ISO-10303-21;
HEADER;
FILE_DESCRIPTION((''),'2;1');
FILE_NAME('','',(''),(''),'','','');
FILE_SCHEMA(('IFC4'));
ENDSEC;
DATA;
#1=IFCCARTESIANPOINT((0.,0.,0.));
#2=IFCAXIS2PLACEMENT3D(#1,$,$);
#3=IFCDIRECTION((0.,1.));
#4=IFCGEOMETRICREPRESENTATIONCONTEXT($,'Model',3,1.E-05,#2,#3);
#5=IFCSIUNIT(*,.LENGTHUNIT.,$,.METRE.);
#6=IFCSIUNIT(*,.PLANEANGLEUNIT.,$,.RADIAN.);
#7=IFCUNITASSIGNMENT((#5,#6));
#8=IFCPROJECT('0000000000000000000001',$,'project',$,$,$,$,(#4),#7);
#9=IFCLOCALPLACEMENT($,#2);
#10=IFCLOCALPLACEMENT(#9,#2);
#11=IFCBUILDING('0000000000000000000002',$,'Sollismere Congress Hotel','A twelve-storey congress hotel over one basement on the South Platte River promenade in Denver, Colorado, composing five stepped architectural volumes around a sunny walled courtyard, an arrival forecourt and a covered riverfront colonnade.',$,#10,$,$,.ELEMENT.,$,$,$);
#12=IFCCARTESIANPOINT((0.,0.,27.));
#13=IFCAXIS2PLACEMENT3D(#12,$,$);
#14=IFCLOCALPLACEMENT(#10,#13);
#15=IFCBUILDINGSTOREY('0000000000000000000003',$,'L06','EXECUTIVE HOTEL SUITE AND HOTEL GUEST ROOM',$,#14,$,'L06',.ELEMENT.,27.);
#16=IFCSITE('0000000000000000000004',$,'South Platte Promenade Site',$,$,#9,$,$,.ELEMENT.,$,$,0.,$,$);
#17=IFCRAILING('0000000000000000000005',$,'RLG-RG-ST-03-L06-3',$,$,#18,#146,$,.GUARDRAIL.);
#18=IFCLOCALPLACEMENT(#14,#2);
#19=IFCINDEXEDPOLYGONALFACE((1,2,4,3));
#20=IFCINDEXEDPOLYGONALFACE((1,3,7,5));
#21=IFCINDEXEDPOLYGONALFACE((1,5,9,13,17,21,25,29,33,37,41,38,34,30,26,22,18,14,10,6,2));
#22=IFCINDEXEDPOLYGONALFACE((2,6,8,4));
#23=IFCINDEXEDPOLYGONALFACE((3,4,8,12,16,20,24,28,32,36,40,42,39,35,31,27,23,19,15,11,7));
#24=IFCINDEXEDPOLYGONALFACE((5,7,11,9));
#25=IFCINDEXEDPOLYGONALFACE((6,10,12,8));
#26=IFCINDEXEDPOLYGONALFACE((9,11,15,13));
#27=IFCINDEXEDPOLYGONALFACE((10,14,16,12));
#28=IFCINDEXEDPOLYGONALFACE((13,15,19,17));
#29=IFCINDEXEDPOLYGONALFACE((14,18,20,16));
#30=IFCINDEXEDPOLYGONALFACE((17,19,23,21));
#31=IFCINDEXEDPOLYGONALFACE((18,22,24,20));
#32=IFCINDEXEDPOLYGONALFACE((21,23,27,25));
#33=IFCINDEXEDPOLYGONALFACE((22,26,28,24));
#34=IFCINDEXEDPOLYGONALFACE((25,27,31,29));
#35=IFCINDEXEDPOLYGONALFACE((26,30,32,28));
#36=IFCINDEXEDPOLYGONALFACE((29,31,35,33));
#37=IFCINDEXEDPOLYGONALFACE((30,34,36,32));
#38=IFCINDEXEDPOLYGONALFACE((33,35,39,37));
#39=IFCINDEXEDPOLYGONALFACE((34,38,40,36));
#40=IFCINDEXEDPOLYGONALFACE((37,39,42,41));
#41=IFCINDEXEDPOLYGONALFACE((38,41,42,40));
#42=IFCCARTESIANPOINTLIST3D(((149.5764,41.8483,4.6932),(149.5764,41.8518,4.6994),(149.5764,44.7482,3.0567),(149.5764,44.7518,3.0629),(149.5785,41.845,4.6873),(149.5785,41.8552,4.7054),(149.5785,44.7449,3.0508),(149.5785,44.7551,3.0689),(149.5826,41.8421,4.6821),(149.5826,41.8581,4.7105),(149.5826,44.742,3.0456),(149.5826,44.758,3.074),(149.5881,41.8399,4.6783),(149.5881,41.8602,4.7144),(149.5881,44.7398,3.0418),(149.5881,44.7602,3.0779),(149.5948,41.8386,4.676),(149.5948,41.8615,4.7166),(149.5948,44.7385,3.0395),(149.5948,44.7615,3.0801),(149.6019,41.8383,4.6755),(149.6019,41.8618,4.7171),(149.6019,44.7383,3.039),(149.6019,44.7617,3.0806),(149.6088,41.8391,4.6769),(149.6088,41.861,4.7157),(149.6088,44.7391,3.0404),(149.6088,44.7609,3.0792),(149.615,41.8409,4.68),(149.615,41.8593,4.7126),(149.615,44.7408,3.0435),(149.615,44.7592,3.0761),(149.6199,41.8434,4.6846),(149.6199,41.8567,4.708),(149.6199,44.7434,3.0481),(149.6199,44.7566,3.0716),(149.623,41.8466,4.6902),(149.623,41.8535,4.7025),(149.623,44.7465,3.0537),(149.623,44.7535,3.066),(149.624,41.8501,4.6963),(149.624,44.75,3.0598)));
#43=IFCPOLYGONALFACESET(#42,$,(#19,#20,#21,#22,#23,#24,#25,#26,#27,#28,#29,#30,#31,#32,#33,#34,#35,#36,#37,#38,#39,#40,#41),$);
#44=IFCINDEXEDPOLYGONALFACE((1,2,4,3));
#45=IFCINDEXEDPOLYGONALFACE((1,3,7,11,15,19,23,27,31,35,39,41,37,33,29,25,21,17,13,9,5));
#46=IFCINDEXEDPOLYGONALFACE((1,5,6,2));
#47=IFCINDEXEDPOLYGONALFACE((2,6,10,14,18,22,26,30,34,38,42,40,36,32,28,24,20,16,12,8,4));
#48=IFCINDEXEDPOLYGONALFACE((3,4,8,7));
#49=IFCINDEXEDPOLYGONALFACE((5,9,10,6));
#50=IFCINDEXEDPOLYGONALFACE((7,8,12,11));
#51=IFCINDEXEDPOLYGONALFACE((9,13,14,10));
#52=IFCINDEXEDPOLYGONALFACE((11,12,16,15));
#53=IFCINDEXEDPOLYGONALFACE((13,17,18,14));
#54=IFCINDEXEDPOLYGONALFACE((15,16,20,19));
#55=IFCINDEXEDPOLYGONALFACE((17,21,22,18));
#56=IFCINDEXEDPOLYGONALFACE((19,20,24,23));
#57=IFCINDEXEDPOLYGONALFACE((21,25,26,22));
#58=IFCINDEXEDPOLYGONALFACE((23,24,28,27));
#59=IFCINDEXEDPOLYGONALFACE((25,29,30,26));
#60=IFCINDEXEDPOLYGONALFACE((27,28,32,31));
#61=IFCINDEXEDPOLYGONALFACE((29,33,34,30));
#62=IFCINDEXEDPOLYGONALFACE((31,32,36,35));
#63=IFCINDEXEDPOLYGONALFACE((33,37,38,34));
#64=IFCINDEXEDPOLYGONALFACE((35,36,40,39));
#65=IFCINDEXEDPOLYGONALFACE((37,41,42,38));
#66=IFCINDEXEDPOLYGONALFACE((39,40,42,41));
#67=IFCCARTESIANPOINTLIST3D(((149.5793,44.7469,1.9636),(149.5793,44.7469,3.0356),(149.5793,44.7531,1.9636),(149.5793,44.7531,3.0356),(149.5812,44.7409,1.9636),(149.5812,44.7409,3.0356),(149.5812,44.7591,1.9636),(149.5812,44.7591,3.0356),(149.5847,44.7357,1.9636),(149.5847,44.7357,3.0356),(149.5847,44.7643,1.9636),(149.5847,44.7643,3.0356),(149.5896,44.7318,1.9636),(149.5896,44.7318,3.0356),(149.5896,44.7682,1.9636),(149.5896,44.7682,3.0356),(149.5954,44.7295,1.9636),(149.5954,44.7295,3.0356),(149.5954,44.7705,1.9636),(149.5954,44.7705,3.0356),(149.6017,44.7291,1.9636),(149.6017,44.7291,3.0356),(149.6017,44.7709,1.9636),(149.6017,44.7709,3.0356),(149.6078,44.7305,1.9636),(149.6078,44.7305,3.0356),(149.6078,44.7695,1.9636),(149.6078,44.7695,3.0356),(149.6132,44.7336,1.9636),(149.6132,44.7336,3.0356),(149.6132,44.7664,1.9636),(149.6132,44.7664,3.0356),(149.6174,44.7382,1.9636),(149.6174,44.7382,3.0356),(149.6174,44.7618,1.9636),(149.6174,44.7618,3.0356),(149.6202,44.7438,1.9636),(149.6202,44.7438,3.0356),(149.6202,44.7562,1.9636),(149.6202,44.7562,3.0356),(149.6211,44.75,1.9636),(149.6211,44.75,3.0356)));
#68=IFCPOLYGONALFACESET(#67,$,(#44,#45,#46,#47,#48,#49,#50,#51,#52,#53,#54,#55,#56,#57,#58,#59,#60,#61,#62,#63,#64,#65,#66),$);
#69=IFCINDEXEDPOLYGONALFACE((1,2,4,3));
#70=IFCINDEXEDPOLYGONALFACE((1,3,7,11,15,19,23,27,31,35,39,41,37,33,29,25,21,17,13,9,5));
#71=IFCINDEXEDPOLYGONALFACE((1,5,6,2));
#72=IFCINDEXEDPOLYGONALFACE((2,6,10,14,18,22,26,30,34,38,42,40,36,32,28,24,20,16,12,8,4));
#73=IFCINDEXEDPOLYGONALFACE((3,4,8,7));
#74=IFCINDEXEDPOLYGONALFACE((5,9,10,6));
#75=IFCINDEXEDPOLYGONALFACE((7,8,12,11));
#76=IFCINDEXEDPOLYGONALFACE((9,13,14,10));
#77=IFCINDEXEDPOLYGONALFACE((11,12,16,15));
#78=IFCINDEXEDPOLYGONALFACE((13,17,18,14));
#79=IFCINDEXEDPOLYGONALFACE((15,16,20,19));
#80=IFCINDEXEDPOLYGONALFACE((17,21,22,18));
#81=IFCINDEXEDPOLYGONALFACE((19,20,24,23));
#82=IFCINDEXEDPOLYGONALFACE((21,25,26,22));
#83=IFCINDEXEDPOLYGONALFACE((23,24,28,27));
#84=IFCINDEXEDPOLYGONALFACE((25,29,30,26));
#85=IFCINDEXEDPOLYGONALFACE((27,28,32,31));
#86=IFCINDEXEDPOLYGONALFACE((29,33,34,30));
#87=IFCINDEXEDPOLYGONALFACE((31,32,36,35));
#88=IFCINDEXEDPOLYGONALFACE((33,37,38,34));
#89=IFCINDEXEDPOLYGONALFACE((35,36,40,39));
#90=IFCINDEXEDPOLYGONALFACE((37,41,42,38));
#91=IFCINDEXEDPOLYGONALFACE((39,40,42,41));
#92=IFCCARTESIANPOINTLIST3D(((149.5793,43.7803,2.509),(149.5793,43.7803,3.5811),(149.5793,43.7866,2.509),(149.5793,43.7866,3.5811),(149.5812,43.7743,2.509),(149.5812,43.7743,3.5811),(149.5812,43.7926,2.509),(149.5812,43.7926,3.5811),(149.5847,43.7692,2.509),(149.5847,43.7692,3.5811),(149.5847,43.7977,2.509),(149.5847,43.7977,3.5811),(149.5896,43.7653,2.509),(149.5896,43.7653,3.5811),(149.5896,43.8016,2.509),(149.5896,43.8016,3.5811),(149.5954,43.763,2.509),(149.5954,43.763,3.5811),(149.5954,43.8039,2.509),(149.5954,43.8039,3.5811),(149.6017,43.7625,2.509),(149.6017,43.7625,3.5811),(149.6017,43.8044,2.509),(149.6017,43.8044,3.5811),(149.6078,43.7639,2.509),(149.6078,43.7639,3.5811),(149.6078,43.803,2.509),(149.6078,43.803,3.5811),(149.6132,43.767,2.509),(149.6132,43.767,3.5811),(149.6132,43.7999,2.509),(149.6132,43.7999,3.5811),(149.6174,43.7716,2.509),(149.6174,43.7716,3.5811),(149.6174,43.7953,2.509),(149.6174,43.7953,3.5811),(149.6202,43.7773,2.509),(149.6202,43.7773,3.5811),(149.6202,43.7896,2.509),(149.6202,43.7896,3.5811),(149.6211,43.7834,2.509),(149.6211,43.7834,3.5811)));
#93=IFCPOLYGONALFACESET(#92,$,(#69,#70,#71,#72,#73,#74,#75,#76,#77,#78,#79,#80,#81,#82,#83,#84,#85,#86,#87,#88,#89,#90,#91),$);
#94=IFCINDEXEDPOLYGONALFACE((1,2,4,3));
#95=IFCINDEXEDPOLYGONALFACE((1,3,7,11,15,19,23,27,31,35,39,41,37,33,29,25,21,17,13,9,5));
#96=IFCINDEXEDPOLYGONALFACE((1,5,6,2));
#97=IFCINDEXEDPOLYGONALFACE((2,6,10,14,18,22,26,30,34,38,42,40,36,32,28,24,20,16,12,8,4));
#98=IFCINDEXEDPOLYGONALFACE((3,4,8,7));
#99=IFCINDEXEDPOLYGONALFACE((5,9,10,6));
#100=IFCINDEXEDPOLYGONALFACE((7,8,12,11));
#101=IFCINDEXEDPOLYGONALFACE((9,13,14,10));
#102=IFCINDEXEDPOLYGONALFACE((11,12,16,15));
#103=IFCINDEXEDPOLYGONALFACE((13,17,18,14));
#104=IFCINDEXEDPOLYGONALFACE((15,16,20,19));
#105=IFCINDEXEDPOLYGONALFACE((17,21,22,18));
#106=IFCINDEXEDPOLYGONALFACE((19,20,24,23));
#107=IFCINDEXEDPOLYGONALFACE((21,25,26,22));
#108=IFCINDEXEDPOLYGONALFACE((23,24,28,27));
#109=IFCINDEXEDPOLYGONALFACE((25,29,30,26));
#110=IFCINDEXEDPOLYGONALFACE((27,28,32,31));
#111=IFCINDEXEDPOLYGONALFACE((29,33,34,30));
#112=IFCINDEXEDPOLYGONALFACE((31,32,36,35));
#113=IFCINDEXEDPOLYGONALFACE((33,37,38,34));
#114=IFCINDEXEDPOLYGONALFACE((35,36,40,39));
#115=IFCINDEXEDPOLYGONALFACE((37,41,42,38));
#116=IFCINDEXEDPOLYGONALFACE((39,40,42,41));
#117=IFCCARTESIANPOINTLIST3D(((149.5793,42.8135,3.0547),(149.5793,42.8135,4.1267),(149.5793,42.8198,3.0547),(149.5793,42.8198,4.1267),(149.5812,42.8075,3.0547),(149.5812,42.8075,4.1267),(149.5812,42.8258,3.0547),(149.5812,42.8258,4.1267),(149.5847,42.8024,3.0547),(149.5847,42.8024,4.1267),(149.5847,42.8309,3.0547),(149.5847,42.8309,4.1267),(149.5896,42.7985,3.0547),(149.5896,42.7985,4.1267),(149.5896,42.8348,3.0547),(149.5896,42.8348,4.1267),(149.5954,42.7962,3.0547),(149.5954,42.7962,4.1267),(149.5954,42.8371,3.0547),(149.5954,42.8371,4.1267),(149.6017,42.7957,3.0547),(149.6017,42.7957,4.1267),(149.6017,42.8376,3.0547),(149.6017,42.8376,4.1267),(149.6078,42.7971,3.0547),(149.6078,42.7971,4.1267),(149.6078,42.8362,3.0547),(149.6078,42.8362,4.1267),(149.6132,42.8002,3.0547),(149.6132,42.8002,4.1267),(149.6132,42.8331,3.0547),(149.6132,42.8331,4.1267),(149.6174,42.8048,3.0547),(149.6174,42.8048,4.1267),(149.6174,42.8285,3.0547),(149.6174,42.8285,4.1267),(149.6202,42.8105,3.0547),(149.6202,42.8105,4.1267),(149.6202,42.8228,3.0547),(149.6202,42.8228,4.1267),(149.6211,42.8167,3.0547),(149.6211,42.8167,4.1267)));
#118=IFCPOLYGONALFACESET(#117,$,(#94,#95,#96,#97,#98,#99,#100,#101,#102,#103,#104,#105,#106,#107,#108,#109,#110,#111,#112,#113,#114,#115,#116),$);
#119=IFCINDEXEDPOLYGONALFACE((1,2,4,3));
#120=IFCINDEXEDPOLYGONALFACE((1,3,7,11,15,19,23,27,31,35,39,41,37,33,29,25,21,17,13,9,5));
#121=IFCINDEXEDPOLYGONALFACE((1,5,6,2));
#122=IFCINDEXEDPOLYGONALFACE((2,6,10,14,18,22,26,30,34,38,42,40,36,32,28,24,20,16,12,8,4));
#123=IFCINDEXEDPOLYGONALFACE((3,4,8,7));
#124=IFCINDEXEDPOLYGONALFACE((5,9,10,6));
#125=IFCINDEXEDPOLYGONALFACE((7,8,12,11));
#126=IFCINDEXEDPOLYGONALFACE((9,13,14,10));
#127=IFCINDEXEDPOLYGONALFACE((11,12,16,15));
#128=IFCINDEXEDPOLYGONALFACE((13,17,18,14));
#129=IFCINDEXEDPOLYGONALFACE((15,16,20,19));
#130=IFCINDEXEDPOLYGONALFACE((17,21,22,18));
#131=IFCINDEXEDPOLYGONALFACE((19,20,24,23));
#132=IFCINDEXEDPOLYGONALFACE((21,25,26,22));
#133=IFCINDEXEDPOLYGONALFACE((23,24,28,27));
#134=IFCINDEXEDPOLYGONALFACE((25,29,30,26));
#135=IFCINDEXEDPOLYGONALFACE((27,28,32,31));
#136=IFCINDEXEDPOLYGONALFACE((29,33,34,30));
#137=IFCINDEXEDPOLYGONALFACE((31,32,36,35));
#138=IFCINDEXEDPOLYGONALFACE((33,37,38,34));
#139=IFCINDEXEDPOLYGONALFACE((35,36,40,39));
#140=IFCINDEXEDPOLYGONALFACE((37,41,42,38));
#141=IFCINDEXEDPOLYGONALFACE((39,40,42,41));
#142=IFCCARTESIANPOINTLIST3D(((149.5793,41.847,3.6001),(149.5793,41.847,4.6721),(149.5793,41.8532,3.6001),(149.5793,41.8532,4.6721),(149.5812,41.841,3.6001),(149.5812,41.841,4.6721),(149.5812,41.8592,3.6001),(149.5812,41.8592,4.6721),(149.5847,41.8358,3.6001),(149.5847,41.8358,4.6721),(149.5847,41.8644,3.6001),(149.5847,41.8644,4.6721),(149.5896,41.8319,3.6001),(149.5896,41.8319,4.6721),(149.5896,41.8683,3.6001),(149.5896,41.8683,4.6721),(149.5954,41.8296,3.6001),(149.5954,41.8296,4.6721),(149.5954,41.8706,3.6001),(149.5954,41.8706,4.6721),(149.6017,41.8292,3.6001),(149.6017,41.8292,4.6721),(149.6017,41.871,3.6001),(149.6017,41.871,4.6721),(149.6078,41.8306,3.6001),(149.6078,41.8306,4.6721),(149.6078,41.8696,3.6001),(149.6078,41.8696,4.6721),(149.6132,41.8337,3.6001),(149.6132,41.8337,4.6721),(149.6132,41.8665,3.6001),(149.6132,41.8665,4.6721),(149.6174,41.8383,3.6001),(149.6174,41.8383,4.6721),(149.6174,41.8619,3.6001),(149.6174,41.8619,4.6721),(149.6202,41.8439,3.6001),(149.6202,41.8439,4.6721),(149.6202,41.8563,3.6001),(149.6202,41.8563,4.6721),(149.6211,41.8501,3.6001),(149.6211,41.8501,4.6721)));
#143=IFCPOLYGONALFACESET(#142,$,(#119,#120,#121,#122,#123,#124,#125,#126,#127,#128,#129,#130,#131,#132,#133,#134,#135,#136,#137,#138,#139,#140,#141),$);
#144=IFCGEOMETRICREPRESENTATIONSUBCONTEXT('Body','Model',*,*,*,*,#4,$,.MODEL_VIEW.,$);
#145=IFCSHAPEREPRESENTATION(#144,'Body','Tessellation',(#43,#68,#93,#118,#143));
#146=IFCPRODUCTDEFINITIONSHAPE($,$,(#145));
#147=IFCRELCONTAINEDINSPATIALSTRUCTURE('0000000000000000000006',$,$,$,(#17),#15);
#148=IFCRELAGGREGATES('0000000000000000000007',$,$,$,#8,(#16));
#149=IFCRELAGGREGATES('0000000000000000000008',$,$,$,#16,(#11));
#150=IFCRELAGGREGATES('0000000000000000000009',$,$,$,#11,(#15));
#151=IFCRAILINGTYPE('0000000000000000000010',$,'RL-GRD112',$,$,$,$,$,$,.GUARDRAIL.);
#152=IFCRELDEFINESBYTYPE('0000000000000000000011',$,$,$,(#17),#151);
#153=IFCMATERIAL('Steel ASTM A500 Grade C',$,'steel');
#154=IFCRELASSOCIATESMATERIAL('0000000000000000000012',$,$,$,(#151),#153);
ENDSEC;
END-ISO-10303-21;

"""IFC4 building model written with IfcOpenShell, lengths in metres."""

from ifc_helpers import new_model, si_unit, direction, frame, origin, origin_2d, place, context, subcontext, project, spatial, circle, extrude, material, type_object, element, save


model = new_model("IFC4")

# Units and contexts
model_context = context("Model", 3, precision=1e-05, world=origin(), true_north=direction((0.0, 1.0)))
body_context = subcontext(model_context, "Body", "Model", "MODEL_VIEW")
ifc_project = project(units=[si_unit("LENGTHUNIT", "METRE"), si_unit("PLANEANGLEUNIT", "RADIAN")], contexts=[model_context])

# Site, building, storey
site_placement = place(None, origin())
site = spatial("IfcSite", under=ifc_project, at=site_placement, Name="South Platte Promenade Site", CompositionType="ELEMENT", RefElevation=0.0)
building_placement = place(site_placement, origin())
building = spatial("IfcBuilding", under=site, at=building_placement, Name="Sollismere Congress Hotel", Description="A twelve-storey congress hotel over one basement on the South Platte River promenade in Denver, Colorado, composing five stepped architectural volumes around a sunny walled courtyard, an arrival forecourt and a covered riverfront colonnade.", CompositionType="ELEMENT")
storey_placement = place(building_placement, frame((0.0, 0.0, 27.0)))
storey = spatial("IfcBuildingStorey", under=building, at=storey_placement, Name="L06", Description="EXECUTIVE HOTEL SUITE AND HOTEL GUEST ROOM", LongName="L06", CompositionType="ELEMENT", Elevation=27.0)

# Railing
ifc_material_1 = material(Name="Steel ASTM A500 Grade C", Category="steel")
railing_type_1 = type_object("IfcRailingType", Name="RL-GRD112", PredefinedType="GUARDRAIL", material=ifc_material_1)
railing_1_placement = place(storey_placement, frame((149.6001, 44.75, 1.9636)))
element("IfcRailing", 1, at=railing_1_placement, inside=storey, type_object=railing_type_1, Name="RLG-RG-ST-03-L06-3", PredefinedType="GUARDRAIL", context=body_context, shape_type="SweptSolid", body=[
    extrude(circle(Radius=0.0239, at=origin_2d()), frame((0.0, 0.0, 1.0962), z_axis=(0.0, -0.870897, 0.491465), x_axis=(1.0, 0.0, 0.0)), (0.0, 0.0, 1.0), 3.3298),
    extrude(circle(Radius=0.021, at=origin_2d()), origin(), (0.0, 0.0, 1.0), 1.072),
    extrude(circle(Radius=0.021, at=origin_2d()), frame((0.0, -0.9666, 0.5454)), (0.0, 0.0, 1.0), 1.072),
    extrude(circle(Radius=0.021, at=origin_2d()), frame((0.0, -1.9333, 1.0911)), (0.0, 0.0, 1.0), 1.072),
    extrude(circle(Radius=0.021, at=origin_2d()), frame((0.0, -2.8999, 1.6365)), (0.0, 0.0, 1.0), 1.072),
])

save(model, "model.ifc")
